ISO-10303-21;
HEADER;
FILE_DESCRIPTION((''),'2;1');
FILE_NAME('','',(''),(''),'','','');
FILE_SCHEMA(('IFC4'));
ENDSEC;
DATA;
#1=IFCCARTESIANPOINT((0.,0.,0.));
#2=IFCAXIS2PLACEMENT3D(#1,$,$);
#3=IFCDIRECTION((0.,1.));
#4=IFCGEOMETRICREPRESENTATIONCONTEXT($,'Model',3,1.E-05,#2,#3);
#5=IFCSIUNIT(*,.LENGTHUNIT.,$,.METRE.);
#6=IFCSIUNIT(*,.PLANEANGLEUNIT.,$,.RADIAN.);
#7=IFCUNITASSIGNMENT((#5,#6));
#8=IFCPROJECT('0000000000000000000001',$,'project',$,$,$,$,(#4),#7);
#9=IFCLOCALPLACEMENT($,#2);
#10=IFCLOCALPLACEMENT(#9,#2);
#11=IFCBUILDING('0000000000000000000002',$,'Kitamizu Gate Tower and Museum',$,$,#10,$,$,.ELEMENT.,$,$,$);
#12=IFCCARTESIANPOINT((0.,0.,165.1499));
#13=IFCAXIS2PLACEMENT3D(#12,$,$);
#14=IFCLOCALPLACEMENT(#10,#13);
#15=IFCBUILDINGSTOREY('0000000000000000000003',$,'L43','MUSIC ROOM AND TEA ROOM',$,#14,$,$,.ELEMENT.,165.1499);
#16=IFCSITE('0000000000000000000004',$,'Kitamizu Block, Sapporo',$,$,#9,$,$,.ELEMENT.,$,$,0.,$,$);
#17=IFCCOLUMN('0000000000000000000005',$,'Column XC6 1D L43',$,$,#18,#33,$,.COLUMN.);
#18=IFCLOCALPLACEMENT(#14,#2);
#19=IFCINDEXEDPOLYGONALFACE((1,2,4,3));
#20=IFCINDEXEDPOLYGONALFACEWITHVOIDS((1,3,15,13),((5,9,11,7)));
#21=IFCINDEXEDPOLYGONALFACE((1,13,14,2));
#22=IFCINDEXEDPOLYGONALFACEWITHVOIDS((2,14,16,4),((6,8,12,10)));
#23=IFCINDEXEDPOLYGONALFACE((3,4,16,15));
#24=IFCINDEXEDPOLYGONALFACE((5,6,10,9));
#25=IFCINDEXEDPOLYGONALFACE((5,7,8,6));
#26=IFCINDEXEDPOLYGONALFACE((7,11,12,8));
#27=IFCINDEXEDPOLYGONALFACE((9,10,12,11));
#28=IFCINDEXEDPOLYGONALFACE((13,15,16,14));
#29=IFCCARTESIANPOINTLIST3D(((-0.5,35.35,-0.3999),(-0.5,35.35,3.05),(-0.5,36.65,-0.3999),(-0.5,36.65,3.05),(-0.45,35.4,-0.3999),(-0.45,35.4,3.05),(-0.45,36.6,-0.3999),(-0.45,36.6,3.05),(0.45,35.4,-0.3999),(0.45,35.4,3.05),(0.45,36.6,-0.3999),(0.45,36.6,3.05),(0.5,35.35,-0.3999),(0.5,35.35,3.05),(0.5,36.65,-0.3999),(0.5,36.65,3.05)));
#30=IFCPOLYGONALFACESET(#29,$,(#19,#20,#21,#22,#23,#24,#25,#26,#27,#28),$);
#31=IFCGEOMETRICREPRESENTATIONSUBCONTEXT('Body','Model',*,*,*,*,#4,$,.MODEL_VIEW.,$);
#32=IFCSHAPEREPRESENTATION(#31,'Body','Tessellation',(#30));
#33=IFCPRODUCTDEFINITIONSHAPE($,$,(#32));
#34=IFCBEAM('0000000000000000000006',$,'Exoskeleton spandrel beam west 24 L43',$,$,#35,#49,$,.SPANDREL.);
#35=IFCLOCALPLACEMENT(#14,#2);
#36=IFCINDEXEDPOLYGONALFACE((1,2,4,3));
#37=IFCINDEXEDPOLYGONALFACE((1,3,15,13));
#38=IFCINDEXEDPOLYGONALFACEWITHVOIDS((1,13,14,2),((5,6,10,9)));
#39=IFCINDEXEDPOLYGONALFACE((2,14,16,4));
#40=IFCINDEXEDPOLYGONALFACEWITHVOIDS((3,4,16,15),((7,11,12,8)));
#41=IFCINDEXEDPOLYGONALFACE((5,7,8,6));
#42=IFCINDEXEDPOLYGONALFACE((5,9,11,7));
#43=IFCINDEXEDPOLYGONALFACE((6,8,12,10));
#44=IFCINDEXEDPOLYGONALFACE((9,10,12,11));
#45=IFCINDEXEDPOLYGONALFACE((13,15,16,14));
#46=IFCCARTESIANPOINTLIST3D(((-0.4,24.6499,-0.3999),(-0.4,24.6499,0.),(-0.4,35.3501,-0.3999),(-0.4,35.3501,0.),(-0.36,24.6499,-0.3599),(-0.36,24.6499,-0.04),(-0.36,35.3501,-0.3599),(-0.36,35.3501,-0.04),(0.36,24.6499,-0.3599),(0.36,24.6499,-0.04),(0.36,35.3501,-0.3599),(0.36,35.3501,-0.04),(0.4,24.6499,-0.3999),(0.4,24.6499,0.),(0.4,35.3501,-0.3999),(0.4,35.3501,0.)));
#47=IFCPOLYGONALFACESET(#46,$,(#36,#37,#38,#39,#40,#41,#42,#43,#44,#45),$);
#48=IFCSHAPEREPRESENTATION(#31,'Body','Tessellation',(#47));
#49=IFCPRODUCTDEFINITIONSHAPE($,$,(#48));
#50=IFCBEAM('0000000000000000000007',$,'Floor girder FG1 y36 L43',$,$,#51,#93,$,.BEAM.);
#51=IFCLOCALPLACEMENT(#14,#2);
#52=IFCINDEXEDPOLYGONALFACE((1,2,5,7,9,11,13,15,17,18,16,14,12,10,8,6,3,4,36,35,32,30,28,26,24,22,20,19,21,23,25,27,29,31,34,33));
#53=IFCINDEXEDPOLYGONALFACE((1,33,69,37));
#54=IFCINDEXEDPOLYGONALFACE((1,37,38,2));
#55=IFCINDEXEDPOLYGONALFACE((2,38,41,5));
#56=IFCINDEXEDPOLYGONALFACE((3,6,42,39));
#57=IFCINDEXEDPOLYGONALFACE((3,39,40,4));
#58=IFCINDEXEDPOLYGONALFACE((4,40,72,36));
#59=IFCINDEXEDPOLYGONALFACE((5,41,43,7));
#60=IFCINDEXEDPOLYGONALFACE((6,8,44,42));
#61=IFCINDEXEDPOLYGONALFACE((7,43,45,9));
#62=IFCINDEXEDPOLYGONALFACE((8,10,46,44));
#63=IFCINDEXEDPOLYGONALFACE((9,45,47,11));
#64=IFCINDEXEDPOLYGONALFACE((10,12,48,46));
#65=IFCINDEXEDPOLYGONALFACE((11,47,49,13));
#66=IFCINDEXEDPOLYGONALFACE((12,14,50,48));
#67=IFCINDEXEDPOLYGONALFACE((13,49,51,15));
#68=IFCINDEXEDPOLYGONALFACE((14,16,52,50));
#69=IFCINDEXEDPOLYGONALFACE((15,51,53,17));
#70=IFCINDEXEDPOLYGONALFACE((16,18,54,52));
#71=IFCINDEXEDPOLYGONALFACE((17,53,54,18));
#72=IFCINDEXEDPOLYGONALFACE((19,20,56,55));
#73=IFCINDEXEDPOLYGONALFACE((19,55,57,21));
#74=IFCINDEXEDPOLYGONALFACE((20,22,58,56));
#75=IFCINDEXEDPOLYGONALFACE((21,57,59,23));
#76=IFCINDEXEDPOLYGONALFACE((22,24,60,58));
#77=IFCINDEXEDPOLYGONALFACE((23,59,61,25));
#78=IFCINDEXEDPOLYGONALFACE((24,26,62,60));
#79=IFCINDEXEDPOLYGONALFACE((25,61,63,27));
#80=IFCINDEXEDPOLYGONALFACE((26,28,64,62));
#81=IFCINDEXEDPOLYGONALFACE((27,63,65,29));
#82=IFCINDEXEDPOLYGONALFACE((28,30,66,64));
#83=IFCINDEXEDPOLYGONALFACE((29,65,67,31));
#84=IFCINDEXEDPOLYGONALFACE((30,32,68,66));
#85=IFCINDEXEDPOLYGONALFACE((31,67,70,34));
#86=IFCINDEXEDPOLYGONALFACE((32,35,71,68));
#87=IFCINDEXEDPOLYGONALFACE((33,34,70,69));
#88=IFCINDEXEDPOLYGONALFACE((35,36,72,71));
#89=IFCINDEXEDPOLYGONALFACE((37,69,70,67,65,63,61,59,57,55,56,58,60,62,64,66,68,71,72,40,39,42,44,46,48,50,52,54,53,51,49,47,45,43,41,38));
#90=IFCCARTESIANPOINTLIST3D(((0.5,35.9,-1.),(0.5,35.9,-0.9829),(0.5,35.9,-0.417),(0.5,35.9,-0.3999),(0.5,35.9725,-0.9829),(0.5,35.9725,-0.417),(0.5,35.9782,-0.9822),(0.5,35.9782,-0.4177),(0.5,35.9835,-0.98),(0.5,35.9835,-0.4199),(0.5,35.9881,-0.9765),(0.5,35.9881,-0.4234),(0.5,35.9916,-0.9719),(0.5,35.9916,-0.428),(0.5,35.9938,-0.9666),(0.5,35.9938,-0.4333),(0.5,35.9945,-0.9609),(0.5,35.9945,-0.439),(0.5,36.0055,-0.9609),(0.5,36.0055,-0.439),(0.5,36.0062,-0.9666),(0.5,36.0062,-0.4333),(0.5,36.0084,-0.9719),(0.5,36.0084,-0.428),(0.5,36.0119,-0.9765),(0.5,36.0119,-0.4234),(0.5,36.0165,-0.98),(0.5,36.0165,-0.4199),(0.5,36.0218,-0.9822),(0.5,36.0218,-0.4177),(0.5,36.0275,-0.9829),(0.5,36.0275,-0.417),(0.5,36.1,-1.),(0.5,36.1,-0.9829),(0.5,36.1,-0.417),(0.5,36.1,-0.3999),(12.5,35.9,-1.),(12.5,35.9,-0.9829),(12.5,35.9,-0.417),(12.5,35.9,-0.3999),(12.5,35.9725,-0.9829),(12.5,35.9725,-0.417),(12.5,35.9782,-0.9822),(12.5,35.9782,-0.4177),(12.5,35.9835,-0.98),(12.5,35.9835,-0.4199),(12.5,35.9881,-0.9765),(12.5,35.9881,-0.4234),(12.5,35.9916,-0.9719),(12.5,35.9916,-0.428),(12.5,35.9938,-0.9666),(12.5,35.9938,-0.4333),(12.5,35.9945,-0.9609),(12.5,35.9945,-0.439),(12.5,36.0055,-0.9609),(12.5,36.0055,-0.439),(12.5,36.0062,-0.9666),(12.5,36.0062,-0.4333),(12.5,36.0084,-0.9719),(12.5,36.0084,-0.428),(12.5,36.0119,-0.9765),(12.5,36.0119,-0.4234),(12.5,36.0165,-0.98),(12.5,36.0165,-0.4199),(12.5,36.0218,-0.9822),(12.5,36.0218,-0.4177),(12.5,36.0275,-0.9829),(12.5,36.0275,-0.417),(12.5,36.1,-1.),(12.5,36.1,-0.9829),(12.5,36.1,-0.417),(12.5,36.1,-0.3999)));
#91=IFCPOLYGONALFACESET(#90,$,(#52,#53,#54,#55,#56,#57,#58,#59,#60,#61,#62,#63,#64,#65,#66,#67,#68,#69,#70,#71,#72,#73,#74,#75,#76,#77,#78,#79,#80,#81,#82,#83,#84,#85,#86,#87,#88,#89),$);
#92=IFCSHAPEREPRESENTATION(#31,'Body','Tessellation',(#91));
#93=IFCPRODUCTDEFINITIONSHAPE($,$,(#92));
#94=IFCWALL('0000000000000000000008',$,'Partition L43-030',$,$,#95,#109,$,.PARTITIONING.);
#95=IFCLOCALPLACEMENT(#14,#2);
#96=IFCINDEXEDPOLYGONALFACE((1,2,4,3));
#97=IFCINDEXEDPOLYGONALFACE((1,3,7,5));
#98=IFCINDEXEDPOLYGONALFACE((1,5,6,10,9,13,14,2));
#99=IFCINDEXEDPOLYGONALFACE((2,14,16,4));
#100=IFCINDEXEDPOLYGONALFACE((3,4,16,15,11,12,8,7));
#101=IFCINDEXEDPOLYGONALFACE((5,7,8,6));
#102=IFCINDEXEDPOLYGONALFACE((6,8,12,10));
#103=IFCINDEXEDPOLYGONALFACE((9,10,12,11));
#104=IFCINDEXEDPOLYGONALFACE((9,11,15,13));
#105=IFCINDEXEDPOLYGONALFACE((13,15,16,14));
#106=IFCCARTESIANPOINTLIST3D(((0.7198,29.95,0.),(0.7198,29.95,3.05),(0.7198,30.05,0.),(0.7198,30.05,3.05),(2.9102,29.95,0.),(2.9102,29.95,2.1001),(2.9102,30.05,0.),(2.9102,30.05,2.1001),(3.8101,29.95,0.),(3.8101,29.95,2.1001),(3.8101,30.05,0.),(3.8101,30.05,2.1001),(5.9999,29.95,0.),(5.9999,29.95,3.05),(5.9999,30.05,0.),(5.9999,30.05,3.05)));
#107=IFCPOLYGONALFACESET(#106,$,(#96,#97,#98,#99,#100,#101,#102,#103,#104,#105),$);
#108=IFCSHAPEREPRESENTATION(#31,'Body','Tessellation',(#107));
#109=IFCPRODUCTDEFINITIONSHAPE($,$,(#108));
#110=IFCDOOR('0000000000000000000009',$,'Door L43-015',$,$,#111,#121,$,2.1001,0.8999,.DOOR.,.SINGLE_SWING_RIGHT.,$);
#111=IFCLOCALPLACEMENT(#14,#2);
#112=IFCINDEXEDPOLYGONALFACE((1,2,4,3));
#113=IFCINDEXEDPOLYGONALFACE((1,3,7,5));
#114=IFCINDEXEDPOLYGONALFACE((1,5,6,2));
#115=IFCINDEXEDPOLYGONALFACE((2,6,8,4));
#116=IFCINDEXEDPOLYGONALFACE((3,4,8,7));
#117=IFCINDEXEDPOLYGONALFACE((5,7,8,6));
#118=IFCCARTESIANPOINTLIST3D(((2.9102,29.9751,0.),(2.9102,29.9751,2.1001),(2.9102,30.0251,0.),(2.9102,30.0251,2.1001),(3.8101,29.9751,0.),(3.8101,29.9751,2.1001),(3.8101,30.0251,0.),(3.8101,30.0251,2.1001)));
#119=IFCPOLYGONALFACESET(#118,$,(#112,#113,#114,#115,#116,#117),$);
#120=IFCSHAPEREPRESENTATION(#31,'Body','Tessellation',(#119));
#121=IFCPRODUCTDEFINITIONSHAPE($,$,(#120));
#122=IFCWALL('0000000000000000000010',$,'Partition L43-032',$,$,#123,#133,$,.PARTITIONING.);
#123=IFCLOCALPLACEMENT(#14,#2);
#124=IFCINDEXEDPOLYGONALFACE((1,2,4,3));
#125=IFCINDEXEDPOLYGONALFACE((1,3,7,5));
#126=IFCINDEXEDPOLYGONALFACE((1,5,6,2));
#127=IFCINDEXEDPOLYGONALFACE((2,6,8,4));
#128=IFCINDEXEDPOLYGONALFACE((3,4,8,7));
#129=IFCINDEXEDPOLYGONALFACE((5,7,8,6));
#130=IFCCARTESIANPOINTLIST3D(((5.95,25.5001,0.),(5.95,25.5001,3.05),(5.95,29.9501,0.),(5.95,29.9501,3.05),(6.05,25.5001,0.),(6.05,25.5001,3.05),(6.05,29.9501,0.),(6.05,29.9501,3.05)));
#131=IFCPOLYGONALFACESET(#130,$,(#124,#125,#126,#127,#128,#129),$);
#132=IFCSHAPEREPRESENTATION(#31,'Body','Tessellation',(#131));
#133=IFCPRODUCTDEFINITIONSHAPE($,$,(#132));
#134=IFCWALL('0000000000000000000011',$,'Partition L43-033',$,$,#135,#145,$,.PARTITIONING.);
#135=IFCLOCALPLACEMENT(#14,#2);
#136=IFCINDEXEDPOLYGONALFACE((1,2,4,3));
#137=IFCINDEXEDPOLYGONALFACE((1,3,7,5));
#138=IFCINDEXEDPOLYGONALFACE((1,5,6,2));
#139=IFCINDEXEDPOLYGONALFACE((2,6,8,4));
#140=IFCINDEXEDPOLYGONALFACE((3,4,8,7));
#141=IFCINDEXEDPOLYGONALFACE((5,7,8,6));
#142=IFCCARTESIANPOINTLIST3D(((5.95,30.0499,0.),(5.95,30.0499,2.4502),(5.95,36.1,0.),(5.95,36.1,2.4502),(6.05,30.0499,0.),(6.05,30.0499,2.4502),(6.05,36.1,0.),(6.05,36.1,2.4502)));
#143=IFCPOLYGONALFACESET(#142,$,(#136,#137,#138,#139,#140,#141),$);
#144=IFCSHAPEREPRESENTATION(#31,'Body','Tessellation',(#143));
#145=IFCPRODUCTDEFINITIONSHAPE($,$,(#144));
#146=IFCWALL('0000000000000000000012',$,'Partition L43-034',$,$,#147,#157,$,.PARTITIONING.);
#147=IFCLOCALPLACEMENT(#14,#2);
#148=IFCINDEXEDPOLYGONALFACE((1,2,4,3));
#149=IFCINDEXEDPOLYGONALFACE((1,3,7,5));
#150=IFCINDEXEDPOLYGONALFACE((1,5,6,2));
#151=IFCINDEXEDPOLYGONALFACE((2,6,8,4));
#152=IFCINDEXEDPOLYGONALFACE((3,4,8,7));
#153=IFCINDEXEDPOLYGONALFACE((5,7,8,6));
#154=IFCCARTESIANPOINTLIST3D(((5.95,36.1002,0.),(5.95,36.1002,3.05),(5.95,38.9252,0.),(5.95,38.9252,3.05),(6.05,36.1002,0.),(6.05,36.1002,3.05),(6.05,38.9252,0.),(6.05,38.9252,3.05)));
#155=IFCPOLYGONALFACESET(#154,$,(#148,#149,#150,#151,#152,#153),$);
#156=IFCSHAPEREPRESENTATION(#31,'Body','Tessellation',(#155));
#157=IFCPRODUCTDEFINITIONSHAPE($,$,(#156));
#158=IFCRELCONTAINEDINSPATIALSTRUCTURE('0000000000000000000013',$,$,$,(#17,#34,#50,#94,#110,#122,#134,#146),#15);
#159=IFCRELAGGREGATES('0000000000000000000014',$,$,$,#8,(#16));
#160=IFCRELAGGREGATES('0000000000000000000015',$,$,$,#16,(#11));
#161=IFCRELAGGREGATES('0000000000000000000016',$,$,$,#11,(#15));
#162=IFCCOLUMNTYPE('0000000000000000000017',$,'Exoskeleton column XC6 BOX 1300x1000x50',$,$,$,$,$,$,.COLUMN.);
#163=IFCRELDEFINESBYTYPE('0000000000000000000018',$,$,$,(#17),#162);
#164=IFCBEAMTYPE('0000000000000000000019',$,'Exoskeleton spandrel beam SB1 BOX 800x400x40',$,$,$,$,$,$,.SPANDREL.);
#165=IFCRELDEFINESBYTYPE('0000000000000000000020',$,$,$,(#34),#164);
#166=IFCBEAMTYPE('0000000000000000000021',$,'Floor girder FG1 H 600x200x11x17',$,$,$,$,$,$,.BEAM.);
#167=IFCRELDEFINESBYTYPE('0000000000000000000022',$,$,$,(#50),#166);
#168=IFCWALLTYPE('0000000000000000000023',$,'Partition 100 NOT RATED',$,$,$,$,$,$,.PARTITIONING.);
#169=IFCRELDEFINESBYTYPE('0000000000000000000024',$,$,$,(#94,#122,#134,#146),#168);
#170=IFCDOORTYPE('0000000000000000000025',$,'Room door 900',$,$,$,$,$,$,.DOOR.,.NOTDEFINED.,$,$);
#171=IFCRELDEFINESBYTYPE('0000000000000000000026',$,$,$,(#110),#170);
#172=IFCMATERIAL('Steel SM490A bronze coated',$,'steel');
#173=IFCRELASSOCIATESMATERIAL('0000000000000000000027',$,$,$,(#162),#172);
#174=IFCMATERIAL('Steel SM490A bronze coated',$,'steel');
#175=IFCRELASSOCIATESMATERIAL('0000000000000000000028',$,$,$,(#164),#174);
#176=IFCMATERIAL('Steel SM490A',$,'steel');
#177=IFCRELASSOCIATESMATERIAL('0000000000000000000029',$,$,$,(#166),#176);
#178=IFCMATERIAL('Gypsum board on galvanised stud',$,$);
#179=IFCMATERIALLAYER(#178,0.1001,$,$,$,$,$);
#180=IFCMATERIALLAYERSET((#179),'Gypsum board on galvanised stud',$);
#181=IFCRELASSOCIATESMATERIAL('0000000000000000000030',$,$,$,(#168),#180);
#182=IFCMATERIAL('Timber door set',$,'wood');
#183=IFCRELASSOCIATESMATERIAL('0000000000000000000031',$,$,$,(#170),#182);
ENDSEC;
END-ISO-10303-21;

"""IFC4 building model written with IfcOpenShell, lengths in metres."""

from ifc_helpers import new_model, si_unit, direction, frame, frame_2d, origin, origin_2d, place, context, subcontext, project, spatial, rectangle, hollow_rectangle, i_section, extrude, material, layer, layer_set, material_profile, profile_set, type_object, element, fill, save


model = new_model("IFC4")

# Units and contexts
model_context = context("Model", 3, precision=1e-05, world=origin(), true_north=direction((0.0, 1.0)))
body_context = subcontext(model_context, "Body", "Model", "MODEL_VIEW")
ifc_project = project(units=[si_unit("LENGTHUNIT", "METRE"), si_unit("PLANEANGLEUNIT", "RADIAN")], contexts=[model_context])

# Site, building, storey
site_placement = place(None, origin())
site = spatial("IfcSite", under=ifc_project, at=site_placement, Name="Kitamizu Block, Sapporo", CompositionType="ELEMENT", RefElevation=0.0)
building_placement = place(site_placement, origin())
building = spatial("IfcBuilding", under=site, at=building_placement, Name="Kitamizu Gate Tower and Museum", CompositionType="ELEMENT")
storey_placement = place(building_placement, frame((0.0, 0.0, 165.1499)))
storey = spatial("IfcBuildingStorey", under=building, at=storey_placement, Name="L43", Description="MUSIC ROOM AND TEA ROOM", CompositionType="ELEMENT", Elevation=165.1499)

# Column
ifc_material_1 = material(Name="Steel SM490A bronze coated", Category="steel")
ifc_material_profile_1 = material_profile(ifc_material_1, hollow_rectangle(XDim=1.3, YDim=1.0, WallThickness=0.05, at=origin_2d()), Name="BOX 1300x1000x50")
ifc_profile_set_1 = profile_set([ifc_material_profile_1], Name="Steel SM490A bronze coated")
column_type = type_object("IfcColumnType", Name="Exoskeleton column XC6 BOX 1300x1000x50", PredefinedType="COLUMN", material=ifc_profile_set_1)
column_placement = place(storey_placement, frame((0.0, 36.0, -0.3999), z_axis=(0.0, 0.0, 1.0), x_axis=(0.0, 1.0, 0.0)))
element("IfcColumn", 1, at=column_placement, inside=storey, type_object=column_type, Name="Column XC6 1D L43", PredefinedType="COLUMN", context=body_context, shape_type="SweptSolid", body=[
    extrude(hollow_rectangle(XDim=1.3, YDim=1.0, WallThickness=0.05, at=origin_2d()), origin(), (0.0, 0.0, 1.0), 3.45),
])

# Beams
ifc_material_2 = material(Name="Steel SM490A bronze coated", Category="steel")
ifc_material_profile_2 = material_profile(ifc_material_2, hollow_rectangle(XDim=0.8, YDim=0.3999, WallThickness=0.04, at=origin_2d()), Name="BOX 800x400x40")
ifc_profile_set_2 = profile_set([ifc_material_profile_2], Name="Steel SM490A bronze coated")
beam_type_1 = type_object("IfcBeamType", Name="Exoskeleton spandrel beam SB1 BOX 800x400x40", PredefinedType="SPANDREL", material=ifc_profile_set_2)
beam_1_placement = place(storey_placement, frame((0.0, 24.6499, -0.2), z_axis=(0.0, 1.0, 0.0), x_axis=(-1.0, 0.0, 0.0)))
element("IfcBeam", 2, at=beam_1_placement, inside=storey, type_object=beam_type_1, Name="Exoskeleton spandrel beam west 24 L43", PredefinedType="SPANDREL", context=body_context, shape_type="SweptSolid", body=[
    extrude(hollow_rectangle(XDim=0.8, YDim=0.3999, WallThickness=0.04, at=origin_2d()), origin(), (0.0, 0.0, 1.0), 10.7002),
])
ifc_material_3 = material(Name="Steel SM490A", Category="steel")
ifc_material_profile_3 = material_profile(ifc_material_3, i_section(OverallWidth=0.2, OverallDepth=0.6001, WebThickness=0.011, FlangeThickness=0.0171, FilletRadius=0.022, at=origin_2d()), Name="H-600x200x11x17")
ifc_profile_set_3 = profile_set([ifc_material_profile_3], Name="Steel SM490A")
beam_type_2 = type_object("IfcBeamType", Name="Floor girder FG1 H 600x200x11x17", PredefinedType="BEAM", material=ifc_profile_set_3)
beam_2_placement = place(storey_placement, frame((0.5, 36.0, -0.7), z_axis=(1.0, 0.0, 0.0), x_axis=(0.0, 1.0, 0.0)))
element("IfcBeam", 3, at=beam_2_placement, inside=storey, type_object=beam_type_2, Name="Floor girder FG1 y36 L43", PredefinedType="BEAM", context=body_context, shape_type="SweptSolid", body=[
    extrude(i_section(OverallWidth=0.2, OverallDepth=0.6001, WebThickness=0.011, FlangeThickness=0.0171, FilletRadius=0.022, at=origin_2d()), origin(), (0.0, 0.0, 1.0), 12.0),
])

# Wall, opening, door
ifc_material_4 = material(Name="Gypsum board on galvanised stud")
ifc_layer_1 = layer(ifc_material_4, 0.1001)
ifc_layer_set_1 = layer_set([ifc_layer_1], Name="Gypsum board on galvanised stud")
wall_type_1 = type_object("IfcWallType", Name="Partition 100 NOT RATED", PredefinedType="PARTITIONING", material=ifc_layer_set_1)
wall_1_placement = place(storey_placement, frame((6.0, 30.0, 0.0), z_axis=(0.0, 0.0, 1.0), x_axis=(-1.0, 0.0, 0.0)))
wall_1 = element("IfcWall", 4, at=wall_1_placement, inside=storey, type_object=wall_type_1, Name="Partition L43-030", PredefinedType="PARTITIONING", context=body_context, shape_type="SweptSolid", body=[
    extrude(rectangle(XDim=5.28, YDim=0.1001, at=frame_2d((2.6401, 0.0))), origin(), (0.0, 0.0, 1.0), 3.05),
])
opening_1_placement = place(wall_1_placement, frame((2.1899, 0.0, 0.0)))
opening_1 = element("IfcOpeningElement", 5, at=opening_1_placement, cuts=wall_1, PredefinedType="OPENING", context=body_context, shape_type="SweptSolid", body=[
    extrude(rectangle(XDim=0.8999, YDim=2.1001, at=frame_2d((0.45, 1.05))), frame((0.0, 0.0601, 0.0), z_axis=(0.0, -1.0, 0.0), x_axis=(1.0, 0.0, 0.0)), (0.0, 0.0, 1.0), 0.1201),
])
ifc_material_5 = material(Name="Timber door set", Category="wood")
door_type = type_object("IfcDoorType", Name="Room door 900", OperationType="NOTDEFINED", PredefinedType="DOOR", material=ifc_material_5)
door_1_placement = place(opening_1_placement, origin())
door_1 = element("IfcDoor", 6, at=door_1_placement, inside=storey, type_object=door_type, Name="Door L43-015", OperationType="SINGLE_SWING_RIGHT", OverallHeight=2.1001, OverallWidth=0.8999, PredefinedType="DOOR", context=body_context, shape_type="SweptSolid", body=[
    extrude(rectangle(XDim=0.8999, YDim=2.1001, at=frame_2d((0.45, 1.05))), frame((0.0, 0.0249, 0.0), z_axis=(0.0, -1.0, 0.0), x_axis=(1.0, 0.0, 0.0)), (0.0, 0.0, 1.0), 0.05),
])
fill(opening_1, door_1)

# Walls
wall_2_placement = place(storey_placement, frame((6.0, 25.5, 0.0), z_axis=(0.0, 0.0, 1.0), x_axis=(0.0, 1.0, 0.0)))
element("IfcWall", 7, at=wall_2_placement, inside=storey, type_object=wall_type_1, Name="Partition L43-032", PredefinedType="PARTITIONING", context=body_context, shape_type="SweptSolid", body=[
    extrude(rectangle(XDim=4.45, YDim=0.1001, at=frame_2d((2.2251, 0.0))), origin(), (0.0, 0.0, 1.0), 3.05),
])
wall_3_placement = place(storey_placement, frame((6.0, 30.05, 0.0), z_axis=(0.0, 0.0, 1.0), x_axis=(0.0, 1.0, 0.0)))
element("IfcWall", 8, at=wall_3_placement, inside=storey, type_object=wall_type_1, Name="Partition L43-033", PredefinedType="PARTITIONING", context=body_context, shape_type="SweptSolid", body=[
    extrude(rectangle(XDim=6.05, YDim=0.1001, at=frame_2d((3.0249, 0.0))), origin(), (0.0, 0.0, 1.0), 2.4502),
])
wall_4_placement = place(storey_placement, frame((6.0, 36.1001, 0.0), z_axis=(0.0, 0.0, 1.0), x_axis=(0.0, 1.0, 0.0)))
element("IfcWall", 9, at=wall_4_placement, inside=storey, type_object=wall_type_1, Name="Partition L43-034", PredefinedType="PARTITIONING", context=body_context, shape_type="SweptSolid", body=[
    extrude(rectangle(XDim=2.825, YDim=0.1001, at=frame_2d((1.4126, 0.0))), origin(), (0.0, 0.0, 1.0), 3.05),
])

save(model, "model.ifc")
